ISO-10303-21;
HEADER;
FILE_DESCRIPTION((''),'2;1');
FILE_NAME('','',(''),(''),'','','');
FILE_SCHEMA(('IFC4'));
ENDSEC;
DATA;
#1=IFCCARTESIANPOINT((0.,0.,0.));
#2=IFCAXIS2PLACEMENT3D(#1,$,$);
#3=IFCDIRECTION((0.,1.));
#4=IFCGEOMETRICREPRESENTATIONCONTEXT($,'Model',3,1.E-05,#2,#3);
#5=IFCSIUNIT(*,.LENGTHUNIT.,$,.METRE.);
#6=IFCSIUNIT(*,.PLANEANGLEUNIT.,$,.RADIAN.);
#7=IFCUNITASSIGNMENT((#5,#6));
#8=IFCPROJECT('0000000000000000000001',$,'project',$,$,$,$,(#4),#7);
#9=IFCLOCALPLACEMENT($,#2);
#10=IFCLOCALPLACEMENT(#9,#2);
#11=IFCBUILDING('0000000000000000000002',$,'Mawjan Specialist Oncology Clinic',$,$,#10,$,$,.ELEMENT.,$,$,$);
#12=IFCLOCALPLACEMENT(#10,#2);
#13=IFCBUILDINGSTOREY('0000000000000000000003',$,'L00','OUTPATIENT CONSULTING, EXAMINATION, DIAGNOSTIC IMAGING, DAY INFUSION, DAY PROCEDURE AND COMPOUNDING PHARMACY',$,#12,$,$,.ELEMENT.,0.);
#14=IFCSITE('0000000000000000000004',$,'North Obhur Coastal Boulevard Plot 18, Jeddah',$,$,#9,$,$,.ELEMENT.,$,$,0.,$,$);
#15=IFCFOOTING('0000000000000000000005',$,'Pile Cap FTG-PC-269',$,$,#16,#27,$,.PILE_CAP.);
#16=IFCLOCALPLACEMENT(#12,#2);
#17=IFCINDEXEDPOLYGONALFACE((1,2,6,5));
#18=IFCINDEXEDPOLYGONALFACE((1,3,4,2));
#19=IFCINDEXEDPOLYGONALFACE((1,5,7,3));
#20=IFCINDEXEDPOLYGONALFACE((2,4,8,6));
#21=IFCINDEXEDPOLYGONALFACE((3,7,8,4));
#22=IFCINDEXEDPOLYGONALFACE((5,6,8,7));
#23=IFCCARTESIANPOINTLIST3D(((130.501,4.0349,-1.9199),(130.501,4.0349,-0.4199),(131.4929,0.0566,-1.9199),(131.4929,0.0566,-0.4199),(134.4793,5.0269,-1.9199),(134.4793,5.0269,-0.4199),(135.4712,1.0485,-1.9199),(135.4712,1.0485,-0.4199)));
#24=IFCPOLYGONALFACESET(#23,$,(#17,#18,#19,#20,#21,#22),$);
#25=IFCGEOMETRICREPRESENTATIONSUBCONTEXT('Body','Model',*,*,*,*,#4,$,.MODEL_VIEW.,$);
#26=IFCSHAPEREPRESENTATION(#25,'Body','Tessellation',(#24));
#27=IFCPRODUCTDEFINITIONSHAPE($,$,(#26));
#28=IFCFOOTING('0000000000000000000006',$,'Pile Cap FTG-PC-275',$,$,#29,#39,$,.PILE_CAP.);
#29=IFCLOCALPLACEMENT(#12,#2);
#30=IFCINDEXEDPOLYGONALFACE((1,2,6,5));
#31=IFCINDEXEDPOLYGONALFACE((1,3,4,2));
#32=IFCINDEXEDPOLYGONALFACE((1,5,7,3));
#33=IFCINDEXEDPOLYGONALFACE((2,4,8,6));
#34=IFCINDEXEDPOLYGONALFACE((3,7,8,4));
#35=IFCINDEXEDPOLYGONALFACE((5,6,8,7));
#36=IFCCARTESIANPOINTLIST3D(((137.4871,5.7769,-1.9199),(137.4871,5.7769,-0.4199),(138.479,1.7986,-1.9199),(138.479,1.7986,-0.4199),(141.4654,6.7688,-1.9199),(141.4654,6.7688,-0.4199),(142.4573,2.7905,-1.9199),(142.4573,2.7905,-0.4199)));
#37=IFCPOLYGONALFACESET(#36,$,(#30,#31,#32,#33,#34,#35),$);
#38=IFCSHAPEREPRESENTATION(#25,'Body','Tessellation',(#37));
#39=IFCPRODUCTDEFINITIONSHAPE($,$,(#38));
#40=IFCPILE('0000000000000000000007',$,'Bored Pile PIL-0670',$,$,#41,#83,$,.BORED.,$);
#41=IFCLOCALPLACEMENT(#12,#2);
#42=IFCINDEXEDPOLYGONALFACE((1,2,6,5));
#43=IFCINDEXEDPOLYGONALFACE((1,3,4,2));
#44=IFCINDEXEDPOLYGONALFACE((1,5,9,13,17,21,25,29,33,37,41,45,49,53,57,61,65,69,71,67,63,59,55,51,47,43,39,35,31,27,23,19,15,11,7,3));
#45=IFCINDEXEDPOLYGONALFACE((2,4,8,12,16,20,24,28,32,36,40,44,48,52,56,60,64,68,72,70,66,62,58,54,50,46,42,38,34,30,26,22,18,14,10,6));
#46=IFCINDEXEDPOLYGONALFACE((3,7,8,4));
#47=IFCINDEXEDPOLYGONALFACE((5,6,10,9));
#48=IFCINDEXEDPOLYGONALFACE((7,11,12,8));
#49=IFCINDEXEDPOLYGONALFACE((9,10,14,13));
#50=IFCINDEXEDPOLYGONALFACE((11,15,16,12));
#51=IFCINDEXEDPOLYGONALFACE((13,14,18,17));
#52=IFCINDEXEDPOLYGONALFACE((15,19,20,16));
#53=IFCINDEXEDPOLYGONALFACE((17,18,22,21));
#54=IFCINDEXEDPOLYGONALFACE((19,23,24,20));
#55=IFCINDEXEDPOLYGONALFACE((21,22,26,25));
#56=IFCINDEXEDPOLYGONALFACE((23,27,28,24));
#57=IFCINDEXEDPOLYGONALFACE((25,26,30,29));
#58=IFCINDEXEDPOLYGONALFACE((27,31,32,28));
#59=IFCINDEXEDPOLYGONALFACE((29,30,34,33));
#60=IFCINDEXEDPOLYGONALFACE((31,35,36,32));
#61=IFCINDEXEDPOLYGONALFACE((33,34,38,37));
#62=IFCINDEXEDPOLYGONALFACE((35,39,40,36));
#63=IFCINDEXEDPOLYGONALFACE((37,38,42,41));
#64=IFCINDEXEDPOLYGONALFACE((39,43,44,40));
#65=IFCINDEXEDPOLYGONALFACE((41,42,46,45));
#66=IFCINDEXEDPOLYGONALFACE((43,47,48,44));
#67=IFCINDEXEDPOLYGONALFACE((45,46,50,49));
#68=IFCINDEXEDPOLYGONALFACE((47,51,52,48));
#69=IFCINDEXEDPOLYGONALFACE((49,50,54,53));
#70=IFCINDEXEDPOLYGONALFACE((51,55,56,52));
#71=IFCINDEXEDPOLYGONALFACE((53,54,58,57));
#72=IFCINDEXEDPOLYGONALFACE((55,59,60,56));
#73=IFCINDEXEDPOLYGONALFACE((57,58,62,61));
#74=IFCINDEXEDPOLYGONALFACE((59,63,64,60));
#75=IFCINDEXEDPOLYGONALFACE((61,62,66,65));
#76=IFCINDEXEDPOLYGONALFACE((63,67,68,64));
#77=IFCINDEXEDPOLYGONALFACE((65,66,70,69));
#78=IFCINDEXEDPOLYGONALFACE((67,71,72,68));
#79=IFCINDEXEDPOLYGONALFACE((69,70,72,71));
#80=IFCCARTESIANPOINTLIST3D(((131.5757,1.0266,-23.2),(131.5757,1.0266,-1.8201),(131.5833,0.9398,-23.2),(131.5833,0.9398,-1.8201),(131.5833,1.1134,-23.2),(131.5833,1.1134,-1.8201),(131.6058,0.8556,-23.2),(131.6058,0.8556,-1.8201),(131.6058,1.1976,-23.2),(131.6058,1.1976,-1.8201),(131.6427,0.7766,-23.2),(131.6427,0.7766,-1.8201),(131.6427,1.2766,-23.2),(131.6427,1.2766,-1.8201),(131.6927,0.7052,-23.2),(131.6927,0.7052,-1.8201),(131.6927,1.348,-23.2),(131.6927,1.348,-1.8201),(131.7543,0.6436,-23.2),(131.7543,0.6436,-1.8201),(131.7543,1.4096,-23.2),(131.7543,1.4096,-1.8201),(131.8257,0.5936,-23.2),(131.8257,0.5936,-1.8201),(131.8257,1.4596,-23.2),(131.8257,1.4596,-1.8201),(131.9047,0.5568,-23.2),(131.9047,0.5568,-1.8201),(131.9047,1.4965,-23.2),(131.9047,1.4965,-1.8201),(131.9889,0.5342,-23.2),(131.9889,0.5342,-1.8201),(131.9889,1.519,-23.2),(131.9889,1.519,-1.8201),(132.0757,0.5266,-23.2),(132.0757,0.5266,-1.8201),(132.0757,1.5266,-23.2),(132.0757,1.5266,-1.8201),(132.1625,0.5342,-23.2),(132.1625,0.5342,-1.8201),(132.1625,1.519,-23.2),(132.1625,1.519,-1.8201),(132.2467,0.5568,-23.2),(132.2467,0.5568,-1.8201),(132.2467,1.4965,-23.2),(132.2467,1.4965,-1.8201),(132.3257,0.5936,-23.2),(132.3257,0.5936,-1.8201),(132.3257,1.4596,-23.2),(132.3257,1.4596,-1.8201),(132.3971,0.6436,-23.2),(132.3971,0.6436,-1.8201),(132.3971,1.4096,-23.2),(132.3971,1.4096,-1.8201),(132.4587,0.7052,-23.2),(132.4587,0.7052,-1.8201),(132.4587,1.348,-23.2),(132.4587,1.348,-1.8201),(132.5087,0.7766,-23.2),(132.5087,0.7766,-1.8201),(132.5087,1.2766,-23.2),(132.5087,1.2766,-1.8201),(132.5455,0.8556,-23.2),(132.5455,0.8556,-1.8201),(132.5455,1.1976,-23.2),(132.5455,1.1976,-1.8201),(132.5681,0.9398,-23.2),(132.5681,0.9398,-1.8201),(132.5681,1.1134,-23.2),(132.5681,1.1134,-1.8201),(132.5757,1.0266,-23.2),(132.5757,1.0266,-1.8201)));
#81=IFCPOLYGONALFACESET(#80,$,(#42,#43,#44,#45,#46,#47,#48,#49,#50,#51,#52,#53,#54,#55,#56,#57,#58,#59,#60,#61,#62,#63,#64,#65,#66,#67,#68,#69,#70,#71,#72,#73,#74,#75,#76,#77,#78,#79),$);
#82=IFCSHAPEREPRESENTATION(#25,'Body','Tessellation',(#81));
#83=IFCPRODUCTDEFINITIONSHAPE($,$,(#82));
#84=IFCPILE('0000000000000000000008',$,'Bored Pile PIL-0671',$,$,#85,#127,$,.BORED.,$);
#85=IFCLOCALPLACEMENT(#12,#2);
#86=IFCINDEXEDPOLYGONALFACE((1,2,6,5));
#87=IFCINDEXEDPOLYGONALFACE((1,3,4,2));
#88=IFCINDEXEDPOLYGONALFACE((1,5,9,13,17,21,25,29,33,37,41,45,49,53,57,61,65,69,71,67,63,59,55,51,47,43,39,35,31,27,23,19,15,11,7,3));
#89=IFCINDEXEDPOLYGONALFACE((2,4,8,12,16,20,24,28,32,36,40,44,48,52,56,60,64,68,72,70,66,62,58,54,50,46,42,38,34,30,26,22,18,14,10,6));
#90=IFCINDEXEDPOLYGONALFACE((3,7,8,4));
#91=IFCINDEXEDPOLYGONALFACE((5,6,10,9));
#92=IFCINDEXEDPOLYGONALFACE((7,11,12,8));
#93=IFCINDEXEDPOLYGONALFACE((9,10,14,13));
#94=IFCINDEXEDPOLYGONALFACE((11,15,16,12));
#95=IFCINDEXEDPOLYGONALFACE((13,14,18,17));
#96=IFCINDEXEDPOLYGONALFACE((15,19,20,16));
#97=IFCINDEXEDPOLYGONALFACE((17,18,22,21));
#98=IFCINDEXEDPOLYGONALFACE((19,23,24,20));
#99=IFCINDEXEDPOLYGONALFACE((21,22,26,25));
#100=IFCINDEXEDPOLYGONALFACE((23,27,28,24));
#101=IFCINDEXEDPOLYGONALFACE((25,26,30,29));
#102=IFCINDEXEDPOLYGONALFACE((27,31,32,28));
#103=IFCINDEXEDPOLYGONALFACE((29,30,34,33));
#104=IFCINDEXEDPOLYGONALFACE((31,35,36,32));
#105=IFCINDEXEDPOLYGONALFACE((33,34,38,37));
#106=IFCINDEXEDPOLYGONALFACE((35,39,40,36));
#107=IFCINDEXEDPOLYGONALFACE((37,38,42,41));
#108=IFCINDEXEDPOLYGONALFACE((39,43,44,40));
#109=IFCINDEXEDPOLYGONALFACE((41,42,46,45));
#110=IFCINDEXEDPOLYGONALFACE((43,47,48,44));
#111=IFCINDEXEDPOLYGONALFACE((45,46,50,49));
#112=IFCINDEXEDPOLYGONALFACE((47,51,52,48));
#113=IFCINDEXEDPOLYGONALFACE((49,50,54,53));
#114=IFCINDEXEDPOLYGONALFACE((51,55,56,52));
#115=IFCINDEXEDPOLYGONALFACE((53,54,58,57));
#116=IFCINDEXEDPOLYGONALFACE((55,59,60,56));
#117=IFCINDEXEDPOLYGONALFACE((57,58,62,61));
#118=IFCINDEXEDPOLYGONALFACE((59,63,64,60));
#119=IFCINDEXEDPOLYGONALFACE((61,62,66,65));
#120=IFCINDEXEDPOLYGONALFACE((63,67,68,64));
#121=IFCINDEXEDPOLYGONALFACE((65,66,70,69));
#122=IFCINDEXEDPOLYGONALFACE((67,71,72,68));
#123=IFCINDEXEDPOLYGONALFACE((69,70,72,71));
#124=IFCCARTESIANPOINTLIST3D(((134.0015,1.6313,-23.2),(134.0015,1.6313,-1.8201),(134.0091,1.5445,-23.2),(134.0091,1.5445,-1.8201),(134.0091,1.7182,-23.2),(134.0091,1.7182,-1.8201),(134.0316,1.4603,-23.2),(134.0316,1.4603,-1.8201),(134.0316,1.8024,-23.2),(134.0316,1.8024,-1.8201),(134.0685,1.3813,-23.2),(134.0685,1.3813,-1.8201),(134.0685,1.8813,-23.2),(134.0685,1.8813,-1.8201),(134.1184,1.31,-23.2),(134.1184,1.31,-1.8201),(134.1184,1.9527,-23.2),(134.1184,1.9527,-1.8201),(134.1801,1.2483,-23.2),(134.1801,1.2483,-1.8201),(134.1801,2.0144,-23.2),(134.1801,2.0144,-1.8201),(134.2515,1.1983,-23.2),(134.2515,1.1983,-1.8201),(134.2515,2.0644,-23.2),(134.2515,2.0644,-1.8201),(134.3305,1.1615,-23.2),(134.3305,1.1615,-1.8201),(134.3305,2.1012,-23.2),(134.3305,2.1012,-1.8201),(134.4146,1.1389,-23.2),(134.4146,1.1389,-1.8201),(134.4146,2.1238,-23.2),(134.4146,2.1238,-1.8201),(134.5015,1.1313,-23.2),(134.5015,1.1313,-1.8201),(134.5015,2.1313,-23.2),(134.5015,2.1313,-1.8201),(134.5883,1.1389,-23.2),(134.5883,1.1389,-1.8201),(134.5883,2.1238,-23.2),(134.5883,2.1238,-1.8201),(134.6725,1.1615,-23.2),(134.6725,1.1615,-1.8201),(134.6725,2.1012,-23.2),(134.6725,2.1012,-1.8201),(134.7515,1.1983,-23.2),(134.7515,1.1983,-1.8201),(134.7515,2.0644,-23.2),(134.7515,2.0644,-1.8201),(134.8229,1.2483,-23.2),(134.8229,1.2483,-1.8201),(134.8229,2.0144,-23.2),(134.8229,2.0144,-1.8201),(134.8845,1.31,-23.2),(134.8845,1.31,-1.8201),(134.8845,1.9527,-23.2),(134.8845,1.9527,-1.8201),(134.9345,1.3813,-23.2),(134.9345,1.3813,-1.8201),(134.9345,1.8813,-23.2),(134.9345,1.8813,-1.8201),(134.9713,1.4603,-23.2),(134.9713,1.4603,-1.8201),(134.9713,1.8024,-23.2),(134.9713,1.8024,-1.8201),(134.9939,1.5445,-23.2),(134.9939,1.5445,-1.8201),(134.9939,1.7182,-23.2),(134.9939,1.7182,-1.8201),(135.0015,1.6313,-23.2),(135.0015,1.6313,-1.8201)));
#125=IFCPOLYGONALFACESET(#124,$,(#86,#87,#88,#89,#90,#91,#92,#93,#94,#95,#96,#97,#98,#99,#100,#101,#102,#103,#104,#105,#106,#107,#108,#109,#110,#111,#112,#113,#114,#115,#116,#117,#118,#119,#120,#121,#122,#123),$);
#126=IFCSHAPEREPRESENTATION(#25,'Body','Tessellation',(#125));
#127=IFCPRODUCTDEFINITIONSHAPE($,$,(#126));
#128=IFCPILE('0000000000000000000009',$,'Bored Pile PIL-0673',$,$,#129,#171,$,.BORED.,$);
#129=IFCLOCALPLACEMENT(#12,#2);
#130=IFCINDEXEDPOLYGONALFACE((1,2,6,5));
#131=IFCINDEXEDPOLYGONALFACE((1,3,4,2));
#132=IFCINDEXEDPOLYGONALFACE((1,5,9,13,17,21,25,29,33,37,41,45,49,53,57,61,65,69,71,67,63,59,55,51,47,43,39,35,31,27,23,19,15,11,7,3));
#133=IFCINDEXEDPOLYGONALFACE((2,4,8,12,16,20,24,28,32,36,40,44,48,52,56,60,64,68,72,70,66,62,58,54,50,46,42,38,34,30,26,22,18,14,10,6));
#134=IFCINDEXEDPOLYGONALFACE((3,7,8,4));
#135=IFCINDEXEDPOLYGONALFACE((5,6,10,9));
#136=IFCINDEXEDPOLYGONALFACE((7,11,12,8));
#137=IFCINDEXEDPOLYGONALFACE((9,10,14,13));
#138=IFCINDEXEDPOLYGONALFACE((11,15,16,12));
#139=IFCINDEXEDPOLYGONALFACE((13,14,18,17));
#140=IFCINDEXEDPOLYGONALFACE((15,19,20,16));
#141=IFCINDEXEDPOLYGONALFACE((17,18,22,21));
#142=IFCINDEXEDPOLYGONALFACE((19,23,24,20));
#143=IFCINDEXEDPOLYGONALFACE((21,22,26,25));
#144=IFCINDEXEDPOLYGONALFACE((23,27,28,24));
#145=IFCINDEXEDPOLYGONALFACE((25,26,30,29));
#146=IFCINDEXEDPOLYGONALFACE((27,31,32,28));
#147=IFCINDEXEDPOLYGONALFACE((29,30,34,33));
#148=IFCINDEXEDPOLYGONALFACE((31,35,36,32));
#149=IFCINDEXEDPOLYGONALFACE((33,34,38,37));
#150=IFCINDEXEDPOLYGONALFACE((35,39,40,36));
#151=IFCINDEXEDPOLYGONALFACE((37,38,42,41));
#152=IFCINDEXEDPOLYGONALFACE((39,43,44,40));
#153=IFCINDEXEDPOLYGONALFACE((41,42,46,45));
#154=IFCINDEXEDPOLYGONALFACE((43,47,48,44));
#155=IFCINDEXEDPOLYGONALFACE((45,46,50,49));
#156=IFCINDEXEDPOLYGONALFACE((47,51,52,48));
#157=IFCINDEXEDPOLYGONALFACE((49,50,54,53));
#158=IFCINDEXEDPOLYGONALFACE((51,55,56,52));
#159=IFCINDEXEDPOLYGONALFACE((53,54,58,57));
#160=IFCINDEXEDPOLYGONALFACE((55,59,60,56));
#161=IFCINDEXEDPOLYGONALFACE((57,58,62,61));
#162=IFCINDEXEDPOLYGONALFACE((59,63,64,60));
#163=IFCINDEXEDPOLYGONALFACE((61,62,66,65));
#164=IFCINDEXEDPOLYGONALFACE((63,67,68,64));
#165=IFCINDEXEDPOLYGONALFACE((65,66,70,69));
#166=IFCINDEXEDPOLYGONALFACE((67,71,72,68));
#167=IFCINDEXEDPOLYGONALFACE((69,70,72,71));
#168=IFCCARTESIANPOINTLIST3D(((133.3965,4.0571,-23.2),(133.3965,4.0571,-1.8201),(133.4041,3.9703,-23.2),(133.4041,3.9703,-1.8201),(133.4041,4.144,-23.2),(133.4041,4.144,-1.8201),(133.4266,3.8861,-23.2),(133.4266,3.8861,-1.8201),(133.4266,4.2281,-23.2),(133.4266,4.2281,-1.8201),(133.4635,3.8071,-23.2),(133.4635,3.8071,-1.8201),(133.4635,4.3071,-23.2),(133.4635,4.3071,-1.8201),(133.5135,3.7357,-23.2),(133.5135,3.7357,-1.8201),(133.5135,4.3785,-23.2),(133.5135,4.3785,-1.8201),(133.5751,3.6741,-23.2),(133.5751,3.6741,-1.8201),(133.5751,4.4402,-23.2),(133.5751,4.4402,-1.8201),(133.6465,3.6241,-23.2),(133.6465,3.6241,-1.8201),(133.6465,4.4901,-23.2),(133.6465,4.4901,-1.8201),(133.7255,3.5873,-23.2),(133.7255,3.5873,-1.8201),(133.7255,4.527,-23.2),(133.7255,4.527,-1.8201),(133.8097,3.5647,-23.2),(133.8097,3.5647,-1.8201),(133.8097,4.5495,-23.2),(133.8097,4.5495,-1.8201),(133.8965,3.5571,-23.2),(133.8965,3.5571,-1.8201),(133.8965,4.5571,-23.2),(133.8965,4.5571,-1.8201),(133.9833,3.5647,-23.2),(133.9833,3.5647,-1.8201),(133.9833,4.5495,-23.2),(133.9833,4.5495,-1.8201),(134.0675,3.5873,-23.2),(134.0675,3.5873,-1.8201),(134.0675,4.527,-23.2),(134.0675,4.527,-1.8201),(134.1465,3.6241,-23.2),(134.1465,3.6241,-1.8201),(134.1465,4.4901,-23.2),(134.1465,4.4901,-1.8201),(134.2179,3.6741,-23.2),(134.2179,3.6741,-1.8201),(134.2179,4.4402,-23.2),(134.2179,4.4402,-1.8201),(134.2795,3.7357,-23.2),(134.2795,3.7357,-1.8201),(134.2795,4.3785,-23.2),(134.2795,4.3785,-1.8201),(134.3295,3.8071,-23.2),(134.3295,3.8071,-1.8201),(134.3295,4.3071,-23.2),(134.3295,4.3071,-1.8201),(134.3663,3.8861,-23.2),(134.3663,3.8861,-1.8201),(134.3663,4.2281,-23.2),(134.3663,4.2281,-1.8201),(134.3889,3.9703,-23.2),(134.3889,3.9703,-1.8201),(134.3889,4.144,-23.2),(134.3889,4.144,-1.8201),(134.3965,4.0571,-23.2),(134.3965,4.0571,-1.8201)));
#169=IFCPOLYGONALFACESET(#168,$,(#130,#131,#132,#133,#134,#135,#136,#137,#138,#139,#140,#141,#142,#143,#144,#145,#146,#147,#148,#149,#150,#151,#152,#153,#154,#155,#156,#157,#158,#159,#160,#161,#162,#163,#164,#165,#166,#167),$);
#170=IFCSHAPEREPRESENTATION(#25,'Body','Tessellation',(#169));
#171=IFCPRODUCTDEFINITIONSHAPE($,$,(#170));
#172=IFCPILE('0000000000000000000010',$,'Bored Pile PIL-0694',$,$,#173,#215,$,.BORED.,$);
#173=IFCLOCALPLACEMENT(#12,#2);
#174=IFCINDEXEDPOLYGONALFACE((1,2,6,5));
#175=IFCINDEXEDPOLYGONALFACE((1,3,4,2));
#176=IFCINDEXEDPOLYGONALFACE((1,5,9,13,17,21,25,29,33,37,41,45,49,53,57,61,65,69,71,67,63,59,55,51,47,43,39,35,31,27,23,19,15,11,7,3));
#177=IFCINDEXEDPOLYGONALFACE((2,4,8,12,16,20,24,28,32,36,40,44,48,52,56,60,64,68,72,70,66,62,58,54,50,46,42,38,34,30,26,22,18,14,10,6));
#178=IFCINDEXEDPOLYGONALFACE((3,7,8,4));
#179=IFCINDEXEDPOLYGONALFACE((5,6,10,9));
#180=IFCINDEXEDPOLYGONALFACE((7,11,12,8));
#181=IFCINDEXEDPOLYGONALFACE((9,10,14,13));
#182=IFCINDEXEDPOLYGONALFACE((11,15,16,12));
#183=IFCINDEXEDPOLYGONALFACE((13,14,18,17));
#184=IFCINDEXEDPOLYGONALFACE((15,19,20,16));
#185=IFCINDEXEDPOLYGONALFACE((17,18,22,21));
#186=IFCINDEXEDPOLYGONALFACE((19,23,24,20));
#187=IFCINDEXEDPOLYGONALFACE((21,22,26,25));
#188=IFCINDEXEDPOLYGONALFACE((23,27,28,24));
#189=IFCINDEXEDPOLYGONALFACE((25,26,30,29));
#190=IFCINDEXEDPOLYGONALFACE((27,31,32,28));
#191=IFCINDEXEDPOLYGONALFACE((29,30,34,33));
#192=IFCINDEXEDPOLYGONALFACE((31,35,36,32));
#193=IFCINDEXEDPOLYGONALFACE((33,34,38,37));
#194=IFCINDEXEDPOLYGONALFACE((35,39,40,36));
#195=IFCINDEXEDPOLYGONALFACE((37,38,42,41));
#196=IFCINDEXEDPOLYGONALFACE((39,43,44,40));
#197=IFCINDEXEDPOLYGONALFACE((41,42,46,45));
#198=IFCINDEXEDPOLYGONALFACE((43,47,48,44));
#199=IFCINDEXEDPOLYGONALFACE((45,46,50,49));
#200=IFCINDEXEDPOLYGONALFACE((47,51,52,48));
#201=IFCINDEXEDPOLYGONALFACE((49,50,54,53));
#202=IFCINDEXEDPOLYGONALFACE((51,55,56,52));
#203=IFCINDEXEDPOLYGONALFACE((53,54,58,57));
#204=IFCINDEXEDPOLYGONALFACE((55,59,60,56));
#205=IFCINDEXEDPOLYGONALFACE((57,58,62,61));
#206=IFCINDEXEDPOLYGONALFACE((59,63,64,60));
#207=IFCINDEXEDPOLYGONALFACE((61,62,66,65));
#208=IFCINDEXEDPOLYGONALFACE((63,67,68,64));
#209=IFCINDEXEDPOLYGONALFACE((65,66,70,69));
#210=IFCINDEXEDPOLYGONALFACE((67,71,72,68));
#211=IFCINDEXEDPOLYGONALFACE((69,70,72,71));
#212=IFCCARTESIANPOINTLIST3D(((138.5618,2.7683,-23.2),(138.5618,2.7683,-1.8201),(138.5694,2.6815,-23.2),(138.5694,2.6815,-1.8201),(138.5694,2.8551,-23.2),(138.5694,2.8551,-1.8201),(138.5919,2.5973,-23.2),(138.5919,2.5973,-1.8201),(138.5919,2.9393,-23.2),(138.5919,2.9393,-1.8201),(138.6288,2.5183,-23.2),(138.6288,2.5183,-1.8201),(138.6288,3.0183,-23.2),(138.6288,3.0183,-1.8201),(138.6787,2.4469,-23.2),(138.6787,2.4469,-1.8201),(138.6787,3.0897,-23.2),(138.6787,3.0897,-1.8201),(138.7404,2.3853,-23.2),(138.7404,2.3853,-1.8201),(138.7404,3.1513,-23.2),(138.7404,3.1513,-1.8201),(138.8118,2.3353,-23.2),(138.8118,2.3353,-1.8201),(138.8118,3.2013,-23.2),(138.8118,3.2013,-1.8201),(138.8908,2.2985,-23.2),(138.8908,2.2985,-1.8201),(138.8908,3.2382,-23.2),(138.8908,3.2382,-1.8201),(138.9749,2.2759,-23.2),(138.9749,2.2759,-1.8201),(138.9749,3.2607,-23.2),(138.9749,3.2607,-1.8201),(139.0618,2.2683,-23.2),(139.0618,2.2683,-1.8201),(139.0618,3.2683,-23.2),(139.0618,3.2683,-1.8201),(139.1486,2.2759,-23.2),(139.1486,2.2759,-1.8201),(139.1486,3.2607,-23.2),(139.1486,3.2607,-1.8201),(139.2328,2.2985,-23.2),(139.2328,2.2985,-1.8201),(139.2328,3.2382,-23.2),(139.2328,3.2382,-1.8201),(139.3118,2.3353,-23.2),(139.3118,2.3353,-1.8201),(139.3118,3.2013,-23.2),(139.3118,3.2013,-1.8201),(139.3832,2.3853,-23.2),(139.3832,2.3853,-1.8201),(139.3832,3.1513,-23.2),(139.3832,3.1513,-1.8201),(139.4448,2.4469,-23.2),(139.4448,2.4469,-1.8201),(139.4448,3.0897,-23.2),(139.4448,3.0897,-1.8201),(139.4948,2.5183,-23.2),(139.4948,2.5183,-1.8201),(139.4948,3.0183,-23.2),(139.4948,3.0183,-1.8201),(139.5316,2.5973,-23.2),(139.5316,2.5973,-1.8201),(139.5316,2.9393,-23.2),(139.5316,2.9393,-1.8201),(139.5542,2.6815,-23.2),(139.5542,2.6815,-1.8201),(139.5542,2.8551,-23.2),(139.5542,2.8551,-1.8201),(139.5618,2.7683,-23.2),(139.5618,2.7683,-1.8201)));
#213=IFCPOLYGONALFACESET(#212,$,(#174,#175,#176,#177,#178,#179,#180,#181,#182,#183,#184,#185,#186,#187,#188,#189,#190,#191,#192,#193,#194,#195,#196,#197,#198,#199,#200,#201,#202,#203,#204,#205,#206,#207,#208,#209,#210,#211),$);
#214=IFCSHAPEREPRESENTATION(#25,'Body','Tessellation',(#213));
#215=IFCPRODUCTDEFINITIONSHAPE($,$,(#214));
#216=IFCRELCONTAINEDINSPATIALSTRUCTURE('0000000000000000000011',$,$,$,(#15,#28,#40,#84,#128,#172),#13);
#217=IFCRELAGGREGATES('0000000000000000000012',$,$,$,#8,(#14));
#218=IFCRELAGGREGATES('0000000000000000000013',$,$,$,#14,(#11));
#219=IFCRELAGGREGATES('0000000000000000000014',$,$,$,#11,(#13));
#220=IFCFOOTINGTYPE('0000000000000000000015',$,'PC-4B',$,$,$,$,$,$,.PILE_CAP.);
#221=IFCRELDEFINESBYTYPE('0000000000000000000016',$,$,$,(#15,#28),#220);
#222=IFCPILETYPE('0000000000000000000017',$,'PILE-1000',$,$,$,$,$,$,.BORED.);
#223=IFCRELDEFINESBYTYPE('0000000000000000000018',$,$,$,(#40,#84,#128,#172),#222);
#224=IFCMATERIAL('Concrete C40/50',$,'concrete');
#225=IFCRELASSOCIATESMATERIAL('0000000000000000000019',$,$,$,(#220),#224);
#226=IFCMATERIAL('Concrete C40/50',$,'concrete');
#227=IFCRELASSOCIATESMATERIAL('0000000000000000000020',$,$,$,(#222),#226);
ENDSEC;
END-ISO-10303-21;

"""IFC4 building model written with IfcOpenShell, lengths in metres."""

from ifc_helpers import new_model, si_unit, direction, frame, origin, origin_2d, place, context, subcontext, project, spatial, rectangle, circle, extrude, material, material_profile, profile_set, type_object, element, save


model = new_model("IFC4")

# Units and contexts
model_context = context("Model", 3, precision=1e-05, world=origin(), true_north=direction((0.0, 1.0)))
body_context = subcontext(model_context, "Body", "Model", "MODEL_VIEW")
ifc_project = project(units=[si_unit("LENGTHUNIT", "METRE"), si_unit("PLANEANGLEUNIT", "RADIAN")], contexts=[model_context])

# Site, building, storey
site_placement = place(None, origin())
site = spatial("IfcSite", under=ifc_project, at=site_placement, Name="North Obhur Coastal Boulevard Plot 18, Jeddah", CompositionType="ELEMENT", RefElevation=0.0)
building_placement = place(site_placement, origin())
building = spatial("IfcBuilding", under=site, at=building_placement, Name="Mawjan Specialist Oncology Clinic", CompositionType="ELEMENT")
storey_placement = place(building_placement, origin())
storey = spatial("IfcBuildingStorey", under=building, at=storey_placement, Name="L00", Description="OUTPATIENT CONSULTING, EXAMINATION, DIAGNOSTIC IMAGING, DAY INFUSION, DAY PROCEDURE AND COMPOUNDING PHARMACY", CompositionType="ELEMENT", Elevation=0.0)

# Footings
ifc_material_1 = material(Name="Concrete C40/50", Category="concrete")
footing_type = type_object("IfcFootingType", Name="PC-4B", PredefinedType="PILE_CAP", material=ifc_material_1)
for number, where, z_axis, x_axis, name in (
    (1, (132.9861, 2.5417, -1.9199), (0.0, 0.0, 1.0), (0.970296, 0.241922, 0.0), "Pile Cap FTG-PC-269"),
    (2, (139.9722, 4.2837, -1.9199), (0.0, 0.0, 1.0), (0.970296, 0.241922, 0.0), "Pile Cap FTG-PC-275"),
):
    element("IfcFooting", number, at=place(storey_placement, frame(where, z_axis=z_axis, x_axis=x_axis)), inside=storey, type_object=footing_type, Name=name, PredefinedType="PILE_CAP", context=body_context, shape_type="SweptSolid", body=[
        extrude(rectangle(XDim=4.1001, YDim=4.1001, at=origin_2d()), origin(), (0.0, 0.0, 1.0), 1.5),
    ])

# Piles
ifc_material_2 = material(Name="Concrete C40/50", Category="concrete")
ifc_material_profile_1 = material_profile(ifc_material_2, circle(Radius=0.5, at=origin_2d()), Name="BORED PILE D1000", Category="concrete")
ifc_profile_set_1 = profile_set([ifc_material_profile_1], Name="Concrete C40/50")
pile_type = type_object("IfcPileType", Name="PILE-1000", PredefinedType="BORED", material=ifc_profile_set_1)
for number, where, z_axis, x_axis, name in (
    (3, (132.0757, 1.0266, -1.8201), (0.0, 0.0, -1.0), (1.0, 0.0, 0.0), "Bored Pile PIL-0670"),
    (4, (134.5015, 1.6313, -1.8201), (0.0, 0.0, -1.0), (1.0, 0.0, 0.0), "Bored Pile PIL-0671"),
    (5, (133.8965, 4.0571, -1.8201), (0.0, 0.0, -1.0), (1.0, 0.0, 0.0), "Bored Pile PIL-0673"),
    (6, (139.0618, 2.7683, -1.8201), (0.0, 0.0, -1.0), (1.0, 0.0, 0.0), "Bored Pile PIL-0694"),
):
    element("IfcPile", number, at=place(storey_placement, frame(where, z_axis=z_axis, x_axis=x_axis)), inside=storey, type_object=pile_type, Name=name, PredefinedType="BORED", context=body_context, shape_type="SweptSolid", body=[
        extrude(circle(Radius=0.5, at=origin_2d()), origin(), (0.0, 0.0, 1.0), 21.3799),
    ])

save(model, "model.ifc")
